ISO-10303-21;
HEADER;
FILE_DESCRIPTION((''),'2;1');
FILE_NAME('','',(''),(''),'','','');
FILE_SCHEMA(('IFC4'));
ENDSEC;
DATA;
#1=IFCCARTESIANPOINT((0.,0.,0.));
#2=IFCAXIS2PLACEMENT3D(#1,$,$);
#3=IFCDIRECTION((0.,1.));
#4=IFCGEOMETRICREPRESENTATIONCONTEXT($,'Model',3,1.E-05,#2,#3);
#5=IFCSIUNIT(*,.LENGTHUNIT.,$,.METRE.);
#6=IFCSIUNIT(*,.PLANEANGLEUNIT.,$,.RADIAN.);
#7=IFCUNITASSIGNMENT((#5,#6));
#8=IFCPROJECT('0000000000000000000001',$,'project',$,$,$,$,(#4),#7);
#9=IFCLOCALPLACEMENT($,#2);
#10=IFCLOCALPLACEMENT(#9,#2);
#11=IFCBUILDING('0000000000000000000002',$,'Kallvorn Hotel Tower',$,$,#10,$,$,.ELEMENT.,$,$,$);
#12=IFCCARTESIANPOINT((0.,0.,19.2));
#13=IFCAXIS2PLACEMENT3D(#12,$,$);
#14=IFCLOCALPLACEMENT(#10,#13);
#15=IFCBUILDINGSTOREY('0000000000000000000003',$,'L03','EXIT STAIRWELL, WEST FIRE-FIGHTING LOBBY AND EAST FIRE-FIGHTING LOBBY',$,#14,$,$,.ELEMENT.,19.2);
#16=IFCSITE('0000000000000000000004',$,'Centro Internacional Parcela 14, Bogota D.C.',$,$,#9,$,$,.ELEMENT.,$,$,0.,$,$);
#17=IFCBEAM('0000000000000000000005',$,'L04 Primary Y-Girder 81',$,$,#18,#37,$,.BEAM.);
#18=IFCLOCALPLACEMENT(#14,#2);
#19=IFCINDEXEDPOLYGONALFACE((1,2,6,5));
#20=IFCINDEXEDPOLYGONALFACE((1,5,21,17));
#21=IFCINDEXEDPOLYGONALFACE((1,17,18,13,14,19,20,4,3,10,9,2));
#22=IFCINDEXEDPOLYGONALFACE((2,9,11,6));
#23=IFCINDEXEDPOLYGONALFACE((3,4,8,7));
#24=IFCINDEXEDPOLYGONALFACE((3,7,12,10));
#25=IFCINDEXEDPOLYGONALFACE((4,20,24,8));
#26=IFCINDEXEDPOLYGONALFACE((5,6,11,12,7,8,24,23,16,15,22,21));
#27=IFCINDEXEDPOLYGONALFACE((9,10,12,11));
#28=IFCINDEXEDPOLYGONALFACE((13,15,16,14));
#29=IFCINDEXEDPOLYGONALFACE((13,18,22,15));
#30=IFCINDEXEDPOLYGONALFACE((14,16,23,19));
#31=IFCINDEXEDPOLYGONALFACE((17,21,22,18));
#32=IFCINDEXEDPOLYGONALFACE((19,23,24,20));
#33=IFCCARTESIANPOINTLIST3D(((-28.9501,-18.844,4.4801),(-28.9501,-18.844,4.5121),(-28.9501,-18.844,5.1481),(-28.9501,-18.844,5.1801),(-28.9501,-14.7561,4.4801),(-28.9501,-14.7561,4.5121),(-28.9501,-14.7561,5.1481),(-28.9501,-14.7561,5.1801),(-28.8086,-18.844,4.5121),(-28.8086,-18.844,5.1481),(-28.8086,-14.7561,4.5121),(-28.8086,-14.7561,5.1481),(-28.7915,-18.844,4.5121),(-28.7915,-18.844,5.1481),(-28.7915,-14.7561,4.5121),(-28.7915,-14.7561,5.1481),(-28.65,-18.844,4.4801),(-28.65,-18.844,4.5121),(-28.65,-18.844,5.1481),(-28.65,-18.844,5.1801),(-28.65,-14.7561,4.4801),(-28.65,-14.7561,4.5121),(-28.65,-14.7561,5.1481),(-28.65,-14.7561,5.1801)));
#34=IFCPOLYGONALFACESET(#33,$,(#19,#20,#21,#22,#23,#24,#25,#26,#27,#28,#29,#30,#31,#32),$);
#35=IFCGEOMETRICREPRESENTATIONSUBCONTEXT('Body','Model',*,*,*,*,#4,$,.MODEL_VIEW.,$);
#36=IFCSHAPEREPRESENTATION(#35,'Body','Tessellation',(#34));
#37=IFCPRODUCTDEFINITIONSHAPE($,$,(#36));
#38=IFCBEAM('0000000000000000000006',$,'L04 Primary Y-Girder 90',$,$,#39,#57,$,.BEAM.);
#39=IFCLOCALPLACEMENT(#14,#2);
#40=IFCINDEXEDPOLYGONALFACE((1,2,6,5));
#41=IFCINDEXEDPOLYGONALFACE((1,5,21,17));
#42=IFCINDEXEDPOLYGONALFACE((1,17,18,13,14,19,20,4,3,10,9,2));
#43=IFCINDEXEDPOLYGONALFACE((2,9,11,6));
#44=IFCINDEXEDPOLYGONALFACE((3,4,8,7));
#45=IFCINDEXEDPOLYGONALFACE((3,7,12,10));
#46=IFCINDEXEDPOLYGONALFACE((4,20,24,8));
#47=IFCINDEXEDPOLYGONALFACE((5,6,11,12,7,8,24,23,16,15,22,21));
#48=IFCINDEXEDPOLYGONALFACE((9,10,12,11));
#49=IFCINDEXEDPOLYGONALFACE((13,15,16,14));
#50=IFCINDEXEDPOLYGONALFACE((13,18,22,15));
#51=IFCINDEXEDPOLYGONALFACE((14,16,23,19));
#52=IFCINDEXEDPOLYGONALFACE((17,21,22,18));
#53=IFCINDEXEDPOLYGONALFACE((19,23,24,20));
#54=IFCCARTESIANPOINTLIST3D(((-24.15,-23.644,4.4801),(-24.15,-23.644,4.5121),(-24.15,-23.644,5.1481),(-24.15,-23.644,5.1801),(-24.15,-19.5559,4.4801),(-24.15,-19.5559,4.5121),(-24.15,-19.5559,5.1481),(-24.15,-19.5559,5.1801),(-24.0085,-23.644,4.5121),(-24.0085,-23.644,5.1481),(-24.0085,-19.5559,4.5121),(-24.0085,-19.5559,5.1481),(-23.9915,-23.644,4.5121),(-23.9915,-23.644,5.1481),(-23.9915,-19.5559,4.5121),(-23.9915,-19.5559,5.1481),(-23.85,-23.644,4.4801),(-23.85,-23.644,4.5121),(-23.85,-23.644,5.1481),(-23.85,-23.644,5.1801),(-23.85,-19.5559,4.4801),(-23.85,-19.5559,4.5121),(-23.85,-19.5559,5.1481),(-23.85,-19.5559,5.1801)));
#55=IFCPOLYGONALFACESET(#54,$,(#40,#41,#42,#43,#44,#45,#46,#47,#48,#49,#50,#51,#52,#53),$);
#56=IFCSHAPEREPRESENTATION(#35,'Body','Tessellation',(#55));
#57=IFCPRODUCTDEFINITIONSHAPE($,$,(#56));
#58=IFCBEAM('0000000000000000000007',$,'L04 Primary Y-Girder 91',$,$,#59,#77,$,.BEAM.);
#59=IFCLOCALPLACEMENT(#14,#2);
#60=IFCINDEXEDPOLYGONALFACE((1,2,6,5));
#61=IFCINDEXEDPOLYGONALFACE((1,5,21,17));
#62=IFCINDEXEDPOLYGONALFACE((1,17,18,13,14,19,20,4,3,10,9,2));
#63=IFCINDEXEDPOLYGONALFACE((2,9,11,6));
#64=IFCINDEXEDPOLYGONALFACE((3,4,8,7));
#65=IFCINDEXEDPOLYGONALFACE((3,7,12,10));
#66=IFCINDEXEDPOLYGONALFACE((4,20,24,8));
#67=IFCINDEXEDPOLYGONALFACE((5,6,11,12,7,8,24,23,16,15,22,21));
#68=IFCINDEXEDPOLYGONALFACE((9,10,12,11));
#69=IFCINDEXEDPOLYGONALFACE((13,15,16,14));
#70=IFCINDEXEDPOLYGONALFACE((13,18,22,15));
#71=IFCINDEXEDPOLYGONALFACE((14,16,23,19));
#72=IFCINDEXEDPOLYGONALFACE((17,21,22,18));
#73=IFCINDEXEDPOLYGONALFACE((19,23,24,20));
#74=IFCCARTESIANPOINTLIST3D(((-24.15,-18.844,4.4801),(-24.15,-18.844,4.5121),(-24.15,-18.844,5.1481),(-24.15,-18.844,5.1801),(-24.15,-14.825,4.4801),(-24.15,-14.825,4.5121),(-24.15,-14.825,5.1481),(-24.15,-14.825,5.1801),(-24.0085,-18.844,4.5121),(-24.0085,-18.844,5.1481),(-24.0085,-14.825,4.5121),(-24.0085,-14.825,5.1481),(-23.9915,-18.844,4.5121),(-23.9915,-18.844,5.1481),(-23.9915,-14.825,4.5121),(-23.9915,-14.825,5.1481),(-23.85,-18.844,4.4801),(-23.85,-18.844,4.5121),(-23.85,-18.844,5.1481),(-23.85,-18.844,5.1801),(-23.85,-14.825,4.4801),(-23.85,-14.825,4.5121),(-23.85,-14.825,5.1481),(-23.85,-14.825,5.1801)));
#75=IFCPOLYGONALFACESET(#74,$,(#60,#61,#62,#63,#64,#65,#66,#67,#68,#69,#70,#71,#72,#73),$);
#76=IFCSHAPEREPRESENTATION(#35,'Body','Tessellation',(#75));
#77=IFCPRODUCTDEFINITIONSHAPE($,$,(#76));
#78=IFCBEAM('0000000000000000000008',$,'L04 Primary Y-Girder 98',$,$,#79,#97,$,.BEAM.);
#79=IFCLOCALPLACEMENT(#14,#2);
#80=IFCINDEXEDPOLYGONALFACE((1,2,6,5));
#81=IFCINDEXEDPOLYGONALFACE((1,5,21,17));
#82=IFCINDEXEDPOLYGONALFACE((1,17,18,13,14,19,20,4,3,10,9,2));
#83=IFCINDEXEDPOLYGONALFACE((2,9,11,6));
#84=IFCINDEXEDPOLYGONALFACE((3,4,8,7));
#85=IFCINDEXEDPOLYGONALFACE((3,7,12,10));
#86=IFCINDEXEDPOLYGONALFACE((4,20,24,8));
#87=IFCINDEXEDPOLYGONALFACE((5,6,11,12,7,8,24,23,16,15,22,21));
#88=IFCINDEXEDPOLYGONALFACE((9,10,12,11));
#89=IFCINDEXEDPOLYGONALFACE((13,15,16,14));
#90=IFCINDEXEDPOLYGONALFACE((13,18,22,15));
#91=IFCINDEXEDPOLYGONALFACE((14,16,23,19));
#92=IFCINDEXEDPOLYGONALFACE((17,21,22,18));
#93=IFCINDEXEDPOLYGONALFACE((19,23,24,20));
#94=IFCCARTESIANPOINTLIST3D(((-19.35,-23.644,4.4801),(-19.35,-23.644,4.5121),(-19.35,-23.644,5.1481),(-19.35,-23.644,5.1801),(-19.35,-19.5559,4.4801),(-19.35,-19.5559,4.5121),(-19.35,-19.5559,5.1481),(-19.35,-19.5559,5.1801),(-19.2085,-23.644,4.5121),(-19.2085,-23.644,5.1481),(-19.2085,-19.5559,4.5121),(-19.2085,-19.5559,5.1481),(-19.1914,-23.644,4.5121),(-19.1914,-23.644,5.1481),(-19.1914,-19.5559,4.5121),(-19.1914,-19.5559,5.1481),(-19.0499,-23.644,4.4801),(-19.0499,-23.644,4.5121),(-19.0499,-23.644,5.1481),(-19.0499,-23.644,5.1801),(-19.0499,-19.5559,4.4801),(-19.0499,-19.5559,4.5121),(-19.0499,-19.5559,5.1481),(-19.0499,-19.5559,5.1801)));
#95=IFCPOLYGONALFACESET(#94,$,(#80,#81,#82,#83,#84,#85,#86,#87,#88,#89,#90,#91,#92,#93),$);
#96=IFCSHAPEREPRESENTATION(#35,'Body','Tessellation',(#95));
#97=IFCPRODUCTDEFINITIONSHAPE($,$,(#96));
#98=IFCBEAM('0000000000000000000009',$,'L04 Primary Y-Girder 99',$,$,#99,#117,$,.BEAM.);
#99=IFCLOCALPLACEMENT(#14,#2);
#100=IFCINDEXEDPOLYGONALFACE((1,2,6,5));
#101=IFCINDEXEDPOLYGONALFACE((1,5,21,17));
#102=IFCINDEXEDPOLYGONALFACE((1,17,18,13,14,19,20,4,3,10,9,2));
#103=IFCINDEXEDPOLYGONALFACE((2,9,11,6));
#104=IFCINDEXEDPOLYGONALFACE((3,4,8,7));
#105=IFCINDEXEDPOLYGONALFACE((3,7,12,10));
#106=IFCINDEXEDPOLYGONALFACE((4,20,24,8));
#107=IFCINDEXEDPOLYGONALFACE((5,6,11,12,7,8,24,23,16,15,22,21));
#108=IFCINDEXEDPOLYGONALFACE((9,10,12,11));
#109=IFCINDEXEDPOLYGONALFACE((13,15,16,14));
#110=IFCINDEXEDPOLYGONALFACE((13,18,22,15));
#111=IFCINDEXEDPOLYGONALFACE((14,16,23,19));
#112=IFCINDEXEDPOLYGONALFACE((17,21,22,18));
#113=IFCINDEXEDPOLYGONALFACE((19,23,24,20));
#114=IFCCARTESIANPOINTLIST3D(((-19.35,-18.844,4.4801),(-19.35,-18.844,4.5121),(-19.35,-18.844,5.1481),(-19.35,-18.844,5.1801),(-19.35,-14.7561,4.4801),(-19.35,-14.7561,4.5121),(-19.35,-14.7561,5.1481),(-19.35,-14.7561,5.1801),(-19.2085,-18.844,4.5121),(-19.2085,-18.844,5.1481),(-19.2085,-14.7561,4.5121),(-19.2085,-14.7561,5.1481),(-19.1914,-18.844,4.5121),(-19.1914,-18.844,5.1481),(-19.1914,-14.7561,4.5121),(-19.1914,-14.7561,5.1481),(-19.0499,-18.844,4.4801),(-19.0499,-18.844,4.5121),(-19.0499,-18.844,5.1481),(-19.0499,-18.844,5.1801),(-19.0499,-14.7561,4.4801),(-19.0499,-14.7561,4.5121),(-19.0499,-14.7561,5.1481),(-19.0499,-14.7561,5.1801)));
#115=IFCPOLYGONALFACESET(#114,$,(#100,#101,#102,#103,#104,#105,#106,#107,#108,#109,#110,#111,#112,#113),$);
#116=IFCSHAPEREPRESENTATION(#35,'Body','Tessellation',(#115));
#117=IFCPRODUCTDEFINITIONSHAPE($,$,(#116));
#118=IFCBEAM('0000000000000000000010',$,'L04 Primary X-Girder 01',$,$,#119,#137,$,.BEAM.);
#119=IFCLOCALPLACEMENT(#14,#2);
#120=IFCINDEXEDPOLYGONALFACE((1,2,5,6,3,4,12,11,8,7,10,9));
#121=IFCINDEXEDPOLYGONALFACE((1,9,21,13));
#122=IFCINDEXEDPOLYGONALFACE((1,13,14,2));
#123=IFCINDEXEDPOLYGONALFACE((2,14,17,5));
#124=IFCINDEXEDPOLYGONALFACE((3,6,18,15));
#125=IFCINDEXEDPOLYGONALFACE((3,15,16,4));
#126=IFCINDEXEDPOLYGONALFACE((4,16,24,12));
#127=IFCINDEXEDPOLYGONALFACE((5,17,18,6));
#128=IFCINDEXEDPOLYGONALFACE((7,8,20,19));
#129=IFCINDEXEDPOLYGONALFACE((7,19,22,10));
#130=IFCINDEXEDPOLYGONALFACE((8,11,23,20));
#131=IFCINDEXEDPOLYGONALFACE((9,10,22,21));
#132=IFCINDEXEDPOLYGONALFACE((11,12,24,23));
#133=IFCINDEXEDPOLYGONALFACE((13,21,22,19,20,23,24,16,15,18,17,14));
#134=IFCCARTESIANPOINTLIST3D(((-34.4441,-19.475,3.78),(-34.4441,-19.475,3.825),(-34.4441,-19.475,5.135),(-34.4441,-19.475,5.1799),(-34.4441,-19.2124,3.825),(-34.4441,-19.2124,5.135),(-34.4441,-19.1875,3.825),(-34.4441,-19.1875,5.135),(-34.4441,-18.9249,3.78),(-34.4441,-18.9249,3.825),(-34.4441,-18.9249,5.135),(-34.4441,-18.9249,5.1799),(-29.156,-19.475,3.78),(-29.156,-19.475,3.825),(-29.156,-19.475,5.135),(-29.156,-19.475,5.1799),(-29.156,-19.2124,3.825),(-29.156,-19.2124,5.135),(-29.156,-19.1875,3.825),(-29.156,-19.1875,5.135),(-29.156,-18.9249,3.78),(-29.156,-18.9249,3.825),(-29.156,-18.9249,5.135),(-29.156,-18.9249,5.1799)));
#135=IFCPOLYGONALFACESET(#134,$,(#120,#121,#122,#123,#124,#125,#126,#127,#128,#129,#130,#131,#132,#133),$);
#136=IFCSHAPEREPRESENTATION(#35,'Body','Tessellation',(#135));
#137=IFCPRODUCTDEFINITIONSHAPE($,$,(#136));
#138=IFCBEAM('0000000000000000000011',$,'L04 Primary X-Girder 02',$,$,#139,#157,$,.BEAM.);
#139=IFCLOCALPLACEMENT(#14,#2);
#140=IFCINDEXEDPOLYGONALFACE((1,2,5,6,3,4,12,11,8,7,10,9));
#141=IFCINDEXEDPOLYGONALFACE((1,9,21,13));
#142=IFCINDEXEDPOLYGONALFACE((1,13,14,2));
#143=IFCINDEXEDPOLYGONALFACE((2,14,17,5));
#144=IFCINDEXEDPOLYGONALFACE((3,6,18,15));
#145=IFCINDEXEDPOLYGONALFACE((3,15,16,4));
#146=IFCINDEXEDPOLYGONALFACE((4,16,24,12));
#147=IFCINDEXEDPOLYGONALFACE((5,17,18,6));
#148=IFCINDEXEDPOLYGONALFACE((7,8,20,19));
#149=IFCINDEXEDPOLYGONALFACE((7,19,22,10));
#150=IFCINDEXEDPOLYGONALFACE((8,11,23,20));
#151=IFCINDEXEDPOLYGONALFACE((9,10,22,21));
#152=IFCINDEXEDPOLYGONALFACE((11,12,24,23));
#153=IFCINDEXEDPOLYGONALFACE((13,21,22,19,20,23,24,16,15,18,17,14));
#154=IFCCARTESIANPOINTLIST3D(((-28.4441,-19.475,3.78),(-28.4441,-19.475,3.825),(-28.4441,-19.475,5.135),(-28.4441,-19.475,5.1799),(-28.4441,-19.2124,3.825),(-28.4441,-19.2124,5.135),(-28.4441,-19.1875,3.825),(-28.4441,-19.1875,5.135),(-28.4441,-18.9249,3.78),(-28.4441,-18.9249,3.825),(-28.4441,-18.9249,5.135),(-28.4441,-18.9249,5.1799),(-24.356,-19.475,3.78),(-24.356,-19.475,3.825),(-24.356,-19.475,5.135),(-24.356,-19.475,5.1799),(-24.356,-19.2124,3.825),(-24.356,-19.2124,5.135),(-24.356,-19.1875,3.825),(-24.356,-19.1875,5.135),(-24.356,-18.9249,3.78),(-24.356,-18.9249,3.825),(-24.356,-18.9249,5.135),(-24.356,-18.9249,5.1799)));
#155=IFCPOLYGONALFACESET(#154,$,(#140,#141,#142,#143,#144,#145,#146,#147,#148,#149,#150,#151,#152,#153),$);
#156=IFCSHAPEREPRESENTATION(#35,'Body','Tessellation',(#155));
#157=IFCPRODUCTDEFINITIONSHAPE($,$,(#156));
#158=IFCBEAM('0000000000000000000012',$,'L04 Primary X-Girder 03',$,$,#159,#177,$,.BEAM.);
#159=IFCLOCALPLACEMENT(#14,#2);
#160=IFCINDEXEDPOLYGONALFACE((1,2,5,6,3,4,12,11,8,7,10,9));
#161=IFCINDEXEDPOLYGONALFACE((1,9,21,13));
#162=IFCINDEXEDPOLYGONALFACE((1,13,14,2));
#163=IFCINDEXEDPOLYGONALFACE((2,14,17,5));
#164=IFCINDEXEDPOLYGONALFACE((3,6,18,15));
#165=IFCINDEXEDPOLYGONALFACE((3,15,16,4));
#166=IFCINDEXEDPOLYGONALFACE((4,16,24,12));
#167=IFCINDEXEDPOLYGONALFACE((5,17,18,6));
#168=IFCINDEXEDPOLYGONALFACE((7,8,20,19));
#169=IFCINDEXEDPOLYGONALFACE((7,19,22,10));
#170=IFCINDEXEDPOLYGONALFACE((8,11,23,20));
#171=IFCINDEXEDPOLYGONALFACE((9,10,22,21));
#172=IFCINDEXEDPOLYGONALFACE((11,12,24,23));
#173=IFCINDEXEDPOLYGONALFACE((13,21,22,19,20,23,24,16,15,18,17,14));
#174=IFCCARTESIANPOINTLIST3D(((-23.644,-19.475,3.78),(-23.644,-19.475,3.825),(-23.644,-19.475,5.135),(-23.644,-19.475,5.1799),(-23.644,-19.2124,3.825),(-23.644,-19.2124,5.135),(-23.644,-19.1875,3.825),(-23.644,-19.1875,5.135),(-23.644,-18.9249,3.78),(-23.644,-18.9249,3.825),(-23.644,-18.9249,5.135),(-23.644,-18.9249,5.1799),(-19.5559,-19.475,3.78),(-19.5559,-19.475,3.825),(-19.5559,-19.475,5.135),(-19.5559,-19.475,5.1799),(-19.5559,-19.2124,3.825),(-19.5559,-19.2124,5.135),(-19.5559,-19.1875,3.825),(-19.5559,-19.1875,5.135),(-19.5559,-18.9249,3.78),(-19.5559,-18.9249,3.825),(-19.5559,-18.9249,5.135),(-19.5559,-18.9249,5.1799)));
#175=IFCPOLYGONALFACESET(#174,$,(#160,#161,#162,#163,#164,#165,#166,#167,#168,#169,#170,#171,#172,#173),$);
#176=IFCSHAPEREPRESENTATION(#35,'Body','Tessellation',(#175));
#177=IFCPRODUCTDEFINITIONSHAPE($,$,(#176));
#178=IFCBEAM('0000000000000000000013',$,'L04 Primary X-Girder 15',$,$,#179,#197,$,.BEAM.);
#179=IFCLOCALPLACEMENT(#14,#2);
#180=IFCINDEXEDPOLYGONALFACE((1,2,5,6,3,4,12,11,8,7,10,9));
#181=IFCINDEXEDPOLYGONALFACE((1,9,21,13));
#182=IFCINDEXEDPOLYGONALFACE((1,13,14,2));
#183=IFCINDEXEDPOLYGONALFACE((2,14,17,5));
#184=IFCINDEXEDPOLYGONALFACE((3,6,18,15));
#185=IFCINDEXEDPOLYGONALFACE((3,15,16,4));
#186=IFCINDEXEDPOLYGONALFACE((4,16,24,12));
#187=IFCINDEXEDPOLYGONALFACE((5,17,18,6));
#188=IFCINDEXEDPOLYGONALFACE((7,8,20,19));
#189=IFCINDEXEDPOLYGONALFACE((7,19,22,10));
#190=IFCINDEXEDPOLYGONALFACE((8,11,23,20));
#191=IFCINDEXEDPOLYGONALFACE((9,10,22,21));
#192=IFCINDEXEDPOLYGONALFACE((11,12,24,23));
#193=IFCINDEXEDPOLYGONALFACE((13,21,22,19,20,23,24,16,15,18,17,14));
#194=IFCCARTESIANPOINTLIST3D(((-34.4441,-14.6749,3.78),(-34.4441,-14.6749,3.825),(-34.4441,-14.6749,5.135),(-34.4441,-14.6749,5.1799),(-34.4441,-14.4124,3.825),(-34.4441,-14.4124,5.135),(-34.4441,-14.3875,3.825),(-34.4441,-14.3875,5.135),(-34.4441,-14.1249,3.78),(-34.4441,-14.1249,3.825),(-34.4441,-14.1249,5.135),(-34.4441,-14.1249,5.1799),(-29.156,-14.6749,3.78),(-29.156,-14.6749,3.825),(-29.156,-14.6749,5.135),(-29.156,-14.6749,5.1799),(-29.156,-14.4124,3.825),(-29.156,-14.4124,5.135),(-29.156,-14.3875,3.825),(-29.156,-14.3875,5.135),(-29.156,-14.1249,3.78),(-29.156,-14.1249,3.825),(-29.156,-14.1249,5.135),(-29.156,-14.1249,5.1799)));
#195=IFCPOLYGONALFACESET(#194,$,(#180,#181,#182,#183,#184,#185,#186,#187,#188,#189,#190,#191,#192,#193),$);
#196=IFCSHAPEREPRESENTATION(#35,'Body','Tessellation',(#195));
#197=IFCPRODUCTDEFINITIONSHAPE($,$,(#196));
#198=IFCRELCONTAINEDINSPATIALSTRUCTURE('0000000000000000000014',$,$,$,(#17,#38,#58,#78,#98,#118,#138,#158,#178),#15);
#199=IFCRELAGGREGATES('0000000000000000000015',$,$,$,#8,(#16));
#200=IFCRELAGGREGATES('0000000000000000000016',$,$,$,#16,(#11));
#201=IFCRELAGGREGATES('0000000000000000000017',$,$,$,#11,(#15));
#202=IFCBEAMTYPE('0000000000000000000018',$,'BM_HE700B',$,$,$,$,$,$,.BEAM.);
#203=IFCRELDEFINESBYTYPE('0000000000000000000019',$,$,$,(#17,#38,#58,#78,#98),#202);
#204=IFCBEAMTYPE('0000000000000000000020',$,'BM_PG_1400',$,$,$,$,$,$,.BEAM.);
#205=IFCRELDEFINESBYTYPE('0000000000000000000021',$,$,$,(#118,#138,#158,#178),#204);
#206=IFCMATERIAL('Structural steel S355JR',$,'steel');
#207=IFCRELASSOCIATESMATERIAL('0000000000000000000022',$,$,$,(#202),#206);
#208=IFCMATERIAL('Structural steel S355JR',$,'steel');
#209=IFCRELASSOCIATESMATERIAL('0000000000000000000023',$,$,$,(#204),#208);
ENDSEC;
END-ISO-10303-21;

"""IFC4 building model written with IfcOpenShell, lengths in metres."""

from ifc_helpers import new_model, si_unit, direction, frame, origin, origin_2d, place, context, subcontext, project, spatial, i_section, extrude, material, material_profile, profile_set, type_object, element, save


model = new_model("IFC4")

# Units and contexts
model_context = context("Model", 3, precision=1e-05, world=origin(), true_north=direction((0.0, 1.0)))
body_context = subcontext(model_context, "Body", "Model", "MODEL_VIEW")
ifc_project = project(units=[si_unit("LENGTHUNIT", "METRE"), si_unit("PLANEANGLEUNIT", "RADIAN")], contexts=[model_context])

# Site, building, storey
site_placement = place(None, origin())
site = spatial("IfcSite", under=ifc_project, at=site_placement, Name="Centro Internacional Parcela 14, Bogota D.C.", CompositionType="ELEMENT", RefElevation=0.0)
building_placement = place(site_placement, origin())
building = spatial("IfcBuilding", under=site, at=building_placement, Name="Kallvorn Hotel Tower", CompositionType="ELEMENT")
storey_placement = place(building_placement, frame((0.0, 0.0, 19.2)))
storey = spatial("IfcBuildingStorey", under=building, at=storey_placement, Name="L03", Description="EXIT STAIRWELL, WEST FIRE-FIGHTING LOBBY AND EAST FIRE-FIGHTING LOBBY", CompositionType="ELEMENT", Elevation=19.2)

# Beams
ifc_material_1 = material(Name="Structural steel S355JR", Category="steel")
ifc_material_profile_1 = material_profile(ifc_material_1, i_section(OverallWidth=0.3, OverallDepth=0.7, WebThickness=0.0171, FlangeThickness=0.032, at=origin_2d()), Name="HE 700 B")
ifc_profile_set_1 = profile_set([ifc_material_profile_1], Name="Structural steel S355JR")
beam_type_1 = type_object("IfcBeamType", Name="BM_HE700B", PredefinedType="BEAM", material=ifc_profile_set_1)
beam_1_placement = place(storey_placement, frame((-28.8, -18.844, 4.8301), z_axis=(0.0, 1.0, 0.0), x_axis=(-1.0, 0.0, 0.0)))
element("IfcBeam", 1, at=beam_1_placement, inside=storey, type_object=beam_type_1, Name="L04 Primary Y-Girder 81", PredefinedType="BEAM", context=body_context, shape_type="SweptSolid", body=[
    extrude(i_section(OverallWidth=0.3, OverallDepth=0.7, WebThickness=0.0171, FlangeThickness=0.032, at=origin_2d()), origin(), (0.0, 0.0, 1.0), 4.0879),
])
beam_2_placement = place(storey_placement, frame((-24.0, -23.644, 4.8301), z_axis=(0.0, 1.0, 0.0), x_axis=(-1.0, 0.0, 0.0)))
element("IfcBeam", 2, at=beam_2_placement, inside=storey, type_object=beam_type_1, Name="L04 Primary Y-Girder 90", PredefinedType="BEAM", context=body_context, shape_type="SweptSolid", body=[
    extrude(i_section(OverallWidth=0.3, OverallDepth=0.7, WebThickness=0.0171, FlangeThickness=0.032, at=origin_2d()), origin(), (0.0, 0.0, 1.0), 4.0881),
])
beam_3_placement = place(storey_placement, frame((-24.0, -18.844, 4.8301), z_axis=(0.0, 1.0, 0.0), x_axis=(-1.0, 0.0, 0.0)))
element("IfcBeam", 3, at=beam_3_placement, inside=storey, type_object=beam_type_1, Name="L04 Primary Y-Girder 91", PredefinedType="BEAM", context=body_context, shape_type="SweptSolid", body=[
    extrude(i_section(OverallWidth=0.3, OverallDepth=0.7, WebThickness=0.0171, FlangeThickness=0.032, at=origin_2d()), origin(), (0.0, 0.0, 1.0), 4.019),
])
beam_4_placement = place(storey_placement, frame((-19.2, -23.644, 4.8301), z_axis=(0.0, 1.0, 0.0), x_axis=(-1.0, 0.0, 0.0)))
element("IfcBeam", 4, at=beam_4_placement, inside=storey, type_object=beam_type_1, Name="L04 Primary Y-Girder 98", PredefinedType="BEAM", context=body_context, shape_type="SweptSolid", body=[
    extrude(i_section(OverallWidth=0.3, OverallDepth=0.7, WebThickness=0.0171, FlangeThickness=0.032, at=origin_2d()), origin(), (0.0, 0.0, 1.0), 4.0881),
])
beam_5_placement = place(storey_placement, frame((-19.2, -18.844, 4.8301), z_axis=(0.0, 1.0, 0.0), x_axis=(-1.0, 0.0, 0.0)))
element("IfcBeam", 5, at=beam_5_placement, inside=storey, type_object=beam_type_1, Name="L04 Primary Y-Girder 99", PredefinedType="BEAM", context=body_context, shape_type="SweptSolid", body=[
    extrude(i_section(OverallWidth=0.3, OverallDepth=0.7, WebThickness=0.0171, FlangeThickness=0.032, at=origin_2d()), origin(), (0.0, 0.0, 1.0), 4.0879),
])
ifc_material_2 = material(Name="Structural steel S355JR", Category="steel")
ifc_material_profile_2 = material_profile(ifc_material_2, i_section(OverallWidth=0.55, OverallDepth=1.3999, WebThickness=0.0249, FlangeThickness=0.0449, at=origin_2d()), Name="PG 1400x550x25x45")
ifc_profile_set_2 = profile_set([ifc_material_profile_2], Name="Structural steel S355JR")
beam_type_2 = type_object("IfcBeamType", Name="BM_PG_1400", PredefinedType="BEAM", material=ifc_profile_set_2)
beam_6_placement = place(storey_placement, frame((-34.4441, -19.2, 4.48), z_axis=(1.0, 0.0, 0.0), x_axis=(0.0, 1.0, 0.0)))
element("IfcBeam", 6, at=beam_6_placement, inside=storey, type_object=beam_type_2, Name="L04 Primary X-Girder 01", PredefinedType="BEAM", context=body_context, shape_type="SweptSolid", body=[
    extrude(i_section(OverallWidth=0.55, OverallDepth=1.3999, WebThickness=0.0249, FlangeThickness=0.0449, at=origin_2d()), origin(), (0.0, 0.0, 1.0), 5.2881),
])
for number, where, z_axis, x_axis, name in (
    (7, (-28.4441, -19.2, 4.48), (1.0, 0.0, 0.0), (0.0, 1.0, 0.0), "L04 Primary X-Girder 02"),
    (8, (-23.644, -19.2, 4.48), (1.0, 0.0, 0.0), (0.0, 1.0, 0.0), "L04 Primary X-Girder 03"),
):
    element("IfcBeam", number, at=place(storey_placement, frame(where, z_axis=z_axis, x_axis=x_axis)), inside=storey, type_object=beam_type_2, Name=name, PredefinedType="BEAM", context=body_context, shape_type="SweptSolid", body=[
        extrude(i_section(OverallWidth=0.55, OverallDepth=1.3999, WebThickness=0.0249, FlangeThickness=0.0449, at=origin_2d()), origin(), (0.0, 0.0, 1.0), 4.0881),
    ])
beam_7_placement = place(storey_placement, frame((-34.4441, -14.3999, 4.48), z_axis=(1.0, 0.0, 0.0), x_axis=(0.0, 1.0, 0.0)))
element("IfcBeam", 9, at=beam_7_placement, inside=storey, type_object=beam_type_2, Name="L04 Primary X-Girder 15", PredefinedType="BEAM", context=body_context, shape_type="SweptSolid", body=[
    extrude(i_section(OverallWidth=0.55, OverallDepth=1.3999, WebThickness=0.0249, FlangeThickness=0.0449, at=origin_2d()), origin(), (0.0, 0.0, 1.0), 5.2881),
])

save(model, "model.ifc")
